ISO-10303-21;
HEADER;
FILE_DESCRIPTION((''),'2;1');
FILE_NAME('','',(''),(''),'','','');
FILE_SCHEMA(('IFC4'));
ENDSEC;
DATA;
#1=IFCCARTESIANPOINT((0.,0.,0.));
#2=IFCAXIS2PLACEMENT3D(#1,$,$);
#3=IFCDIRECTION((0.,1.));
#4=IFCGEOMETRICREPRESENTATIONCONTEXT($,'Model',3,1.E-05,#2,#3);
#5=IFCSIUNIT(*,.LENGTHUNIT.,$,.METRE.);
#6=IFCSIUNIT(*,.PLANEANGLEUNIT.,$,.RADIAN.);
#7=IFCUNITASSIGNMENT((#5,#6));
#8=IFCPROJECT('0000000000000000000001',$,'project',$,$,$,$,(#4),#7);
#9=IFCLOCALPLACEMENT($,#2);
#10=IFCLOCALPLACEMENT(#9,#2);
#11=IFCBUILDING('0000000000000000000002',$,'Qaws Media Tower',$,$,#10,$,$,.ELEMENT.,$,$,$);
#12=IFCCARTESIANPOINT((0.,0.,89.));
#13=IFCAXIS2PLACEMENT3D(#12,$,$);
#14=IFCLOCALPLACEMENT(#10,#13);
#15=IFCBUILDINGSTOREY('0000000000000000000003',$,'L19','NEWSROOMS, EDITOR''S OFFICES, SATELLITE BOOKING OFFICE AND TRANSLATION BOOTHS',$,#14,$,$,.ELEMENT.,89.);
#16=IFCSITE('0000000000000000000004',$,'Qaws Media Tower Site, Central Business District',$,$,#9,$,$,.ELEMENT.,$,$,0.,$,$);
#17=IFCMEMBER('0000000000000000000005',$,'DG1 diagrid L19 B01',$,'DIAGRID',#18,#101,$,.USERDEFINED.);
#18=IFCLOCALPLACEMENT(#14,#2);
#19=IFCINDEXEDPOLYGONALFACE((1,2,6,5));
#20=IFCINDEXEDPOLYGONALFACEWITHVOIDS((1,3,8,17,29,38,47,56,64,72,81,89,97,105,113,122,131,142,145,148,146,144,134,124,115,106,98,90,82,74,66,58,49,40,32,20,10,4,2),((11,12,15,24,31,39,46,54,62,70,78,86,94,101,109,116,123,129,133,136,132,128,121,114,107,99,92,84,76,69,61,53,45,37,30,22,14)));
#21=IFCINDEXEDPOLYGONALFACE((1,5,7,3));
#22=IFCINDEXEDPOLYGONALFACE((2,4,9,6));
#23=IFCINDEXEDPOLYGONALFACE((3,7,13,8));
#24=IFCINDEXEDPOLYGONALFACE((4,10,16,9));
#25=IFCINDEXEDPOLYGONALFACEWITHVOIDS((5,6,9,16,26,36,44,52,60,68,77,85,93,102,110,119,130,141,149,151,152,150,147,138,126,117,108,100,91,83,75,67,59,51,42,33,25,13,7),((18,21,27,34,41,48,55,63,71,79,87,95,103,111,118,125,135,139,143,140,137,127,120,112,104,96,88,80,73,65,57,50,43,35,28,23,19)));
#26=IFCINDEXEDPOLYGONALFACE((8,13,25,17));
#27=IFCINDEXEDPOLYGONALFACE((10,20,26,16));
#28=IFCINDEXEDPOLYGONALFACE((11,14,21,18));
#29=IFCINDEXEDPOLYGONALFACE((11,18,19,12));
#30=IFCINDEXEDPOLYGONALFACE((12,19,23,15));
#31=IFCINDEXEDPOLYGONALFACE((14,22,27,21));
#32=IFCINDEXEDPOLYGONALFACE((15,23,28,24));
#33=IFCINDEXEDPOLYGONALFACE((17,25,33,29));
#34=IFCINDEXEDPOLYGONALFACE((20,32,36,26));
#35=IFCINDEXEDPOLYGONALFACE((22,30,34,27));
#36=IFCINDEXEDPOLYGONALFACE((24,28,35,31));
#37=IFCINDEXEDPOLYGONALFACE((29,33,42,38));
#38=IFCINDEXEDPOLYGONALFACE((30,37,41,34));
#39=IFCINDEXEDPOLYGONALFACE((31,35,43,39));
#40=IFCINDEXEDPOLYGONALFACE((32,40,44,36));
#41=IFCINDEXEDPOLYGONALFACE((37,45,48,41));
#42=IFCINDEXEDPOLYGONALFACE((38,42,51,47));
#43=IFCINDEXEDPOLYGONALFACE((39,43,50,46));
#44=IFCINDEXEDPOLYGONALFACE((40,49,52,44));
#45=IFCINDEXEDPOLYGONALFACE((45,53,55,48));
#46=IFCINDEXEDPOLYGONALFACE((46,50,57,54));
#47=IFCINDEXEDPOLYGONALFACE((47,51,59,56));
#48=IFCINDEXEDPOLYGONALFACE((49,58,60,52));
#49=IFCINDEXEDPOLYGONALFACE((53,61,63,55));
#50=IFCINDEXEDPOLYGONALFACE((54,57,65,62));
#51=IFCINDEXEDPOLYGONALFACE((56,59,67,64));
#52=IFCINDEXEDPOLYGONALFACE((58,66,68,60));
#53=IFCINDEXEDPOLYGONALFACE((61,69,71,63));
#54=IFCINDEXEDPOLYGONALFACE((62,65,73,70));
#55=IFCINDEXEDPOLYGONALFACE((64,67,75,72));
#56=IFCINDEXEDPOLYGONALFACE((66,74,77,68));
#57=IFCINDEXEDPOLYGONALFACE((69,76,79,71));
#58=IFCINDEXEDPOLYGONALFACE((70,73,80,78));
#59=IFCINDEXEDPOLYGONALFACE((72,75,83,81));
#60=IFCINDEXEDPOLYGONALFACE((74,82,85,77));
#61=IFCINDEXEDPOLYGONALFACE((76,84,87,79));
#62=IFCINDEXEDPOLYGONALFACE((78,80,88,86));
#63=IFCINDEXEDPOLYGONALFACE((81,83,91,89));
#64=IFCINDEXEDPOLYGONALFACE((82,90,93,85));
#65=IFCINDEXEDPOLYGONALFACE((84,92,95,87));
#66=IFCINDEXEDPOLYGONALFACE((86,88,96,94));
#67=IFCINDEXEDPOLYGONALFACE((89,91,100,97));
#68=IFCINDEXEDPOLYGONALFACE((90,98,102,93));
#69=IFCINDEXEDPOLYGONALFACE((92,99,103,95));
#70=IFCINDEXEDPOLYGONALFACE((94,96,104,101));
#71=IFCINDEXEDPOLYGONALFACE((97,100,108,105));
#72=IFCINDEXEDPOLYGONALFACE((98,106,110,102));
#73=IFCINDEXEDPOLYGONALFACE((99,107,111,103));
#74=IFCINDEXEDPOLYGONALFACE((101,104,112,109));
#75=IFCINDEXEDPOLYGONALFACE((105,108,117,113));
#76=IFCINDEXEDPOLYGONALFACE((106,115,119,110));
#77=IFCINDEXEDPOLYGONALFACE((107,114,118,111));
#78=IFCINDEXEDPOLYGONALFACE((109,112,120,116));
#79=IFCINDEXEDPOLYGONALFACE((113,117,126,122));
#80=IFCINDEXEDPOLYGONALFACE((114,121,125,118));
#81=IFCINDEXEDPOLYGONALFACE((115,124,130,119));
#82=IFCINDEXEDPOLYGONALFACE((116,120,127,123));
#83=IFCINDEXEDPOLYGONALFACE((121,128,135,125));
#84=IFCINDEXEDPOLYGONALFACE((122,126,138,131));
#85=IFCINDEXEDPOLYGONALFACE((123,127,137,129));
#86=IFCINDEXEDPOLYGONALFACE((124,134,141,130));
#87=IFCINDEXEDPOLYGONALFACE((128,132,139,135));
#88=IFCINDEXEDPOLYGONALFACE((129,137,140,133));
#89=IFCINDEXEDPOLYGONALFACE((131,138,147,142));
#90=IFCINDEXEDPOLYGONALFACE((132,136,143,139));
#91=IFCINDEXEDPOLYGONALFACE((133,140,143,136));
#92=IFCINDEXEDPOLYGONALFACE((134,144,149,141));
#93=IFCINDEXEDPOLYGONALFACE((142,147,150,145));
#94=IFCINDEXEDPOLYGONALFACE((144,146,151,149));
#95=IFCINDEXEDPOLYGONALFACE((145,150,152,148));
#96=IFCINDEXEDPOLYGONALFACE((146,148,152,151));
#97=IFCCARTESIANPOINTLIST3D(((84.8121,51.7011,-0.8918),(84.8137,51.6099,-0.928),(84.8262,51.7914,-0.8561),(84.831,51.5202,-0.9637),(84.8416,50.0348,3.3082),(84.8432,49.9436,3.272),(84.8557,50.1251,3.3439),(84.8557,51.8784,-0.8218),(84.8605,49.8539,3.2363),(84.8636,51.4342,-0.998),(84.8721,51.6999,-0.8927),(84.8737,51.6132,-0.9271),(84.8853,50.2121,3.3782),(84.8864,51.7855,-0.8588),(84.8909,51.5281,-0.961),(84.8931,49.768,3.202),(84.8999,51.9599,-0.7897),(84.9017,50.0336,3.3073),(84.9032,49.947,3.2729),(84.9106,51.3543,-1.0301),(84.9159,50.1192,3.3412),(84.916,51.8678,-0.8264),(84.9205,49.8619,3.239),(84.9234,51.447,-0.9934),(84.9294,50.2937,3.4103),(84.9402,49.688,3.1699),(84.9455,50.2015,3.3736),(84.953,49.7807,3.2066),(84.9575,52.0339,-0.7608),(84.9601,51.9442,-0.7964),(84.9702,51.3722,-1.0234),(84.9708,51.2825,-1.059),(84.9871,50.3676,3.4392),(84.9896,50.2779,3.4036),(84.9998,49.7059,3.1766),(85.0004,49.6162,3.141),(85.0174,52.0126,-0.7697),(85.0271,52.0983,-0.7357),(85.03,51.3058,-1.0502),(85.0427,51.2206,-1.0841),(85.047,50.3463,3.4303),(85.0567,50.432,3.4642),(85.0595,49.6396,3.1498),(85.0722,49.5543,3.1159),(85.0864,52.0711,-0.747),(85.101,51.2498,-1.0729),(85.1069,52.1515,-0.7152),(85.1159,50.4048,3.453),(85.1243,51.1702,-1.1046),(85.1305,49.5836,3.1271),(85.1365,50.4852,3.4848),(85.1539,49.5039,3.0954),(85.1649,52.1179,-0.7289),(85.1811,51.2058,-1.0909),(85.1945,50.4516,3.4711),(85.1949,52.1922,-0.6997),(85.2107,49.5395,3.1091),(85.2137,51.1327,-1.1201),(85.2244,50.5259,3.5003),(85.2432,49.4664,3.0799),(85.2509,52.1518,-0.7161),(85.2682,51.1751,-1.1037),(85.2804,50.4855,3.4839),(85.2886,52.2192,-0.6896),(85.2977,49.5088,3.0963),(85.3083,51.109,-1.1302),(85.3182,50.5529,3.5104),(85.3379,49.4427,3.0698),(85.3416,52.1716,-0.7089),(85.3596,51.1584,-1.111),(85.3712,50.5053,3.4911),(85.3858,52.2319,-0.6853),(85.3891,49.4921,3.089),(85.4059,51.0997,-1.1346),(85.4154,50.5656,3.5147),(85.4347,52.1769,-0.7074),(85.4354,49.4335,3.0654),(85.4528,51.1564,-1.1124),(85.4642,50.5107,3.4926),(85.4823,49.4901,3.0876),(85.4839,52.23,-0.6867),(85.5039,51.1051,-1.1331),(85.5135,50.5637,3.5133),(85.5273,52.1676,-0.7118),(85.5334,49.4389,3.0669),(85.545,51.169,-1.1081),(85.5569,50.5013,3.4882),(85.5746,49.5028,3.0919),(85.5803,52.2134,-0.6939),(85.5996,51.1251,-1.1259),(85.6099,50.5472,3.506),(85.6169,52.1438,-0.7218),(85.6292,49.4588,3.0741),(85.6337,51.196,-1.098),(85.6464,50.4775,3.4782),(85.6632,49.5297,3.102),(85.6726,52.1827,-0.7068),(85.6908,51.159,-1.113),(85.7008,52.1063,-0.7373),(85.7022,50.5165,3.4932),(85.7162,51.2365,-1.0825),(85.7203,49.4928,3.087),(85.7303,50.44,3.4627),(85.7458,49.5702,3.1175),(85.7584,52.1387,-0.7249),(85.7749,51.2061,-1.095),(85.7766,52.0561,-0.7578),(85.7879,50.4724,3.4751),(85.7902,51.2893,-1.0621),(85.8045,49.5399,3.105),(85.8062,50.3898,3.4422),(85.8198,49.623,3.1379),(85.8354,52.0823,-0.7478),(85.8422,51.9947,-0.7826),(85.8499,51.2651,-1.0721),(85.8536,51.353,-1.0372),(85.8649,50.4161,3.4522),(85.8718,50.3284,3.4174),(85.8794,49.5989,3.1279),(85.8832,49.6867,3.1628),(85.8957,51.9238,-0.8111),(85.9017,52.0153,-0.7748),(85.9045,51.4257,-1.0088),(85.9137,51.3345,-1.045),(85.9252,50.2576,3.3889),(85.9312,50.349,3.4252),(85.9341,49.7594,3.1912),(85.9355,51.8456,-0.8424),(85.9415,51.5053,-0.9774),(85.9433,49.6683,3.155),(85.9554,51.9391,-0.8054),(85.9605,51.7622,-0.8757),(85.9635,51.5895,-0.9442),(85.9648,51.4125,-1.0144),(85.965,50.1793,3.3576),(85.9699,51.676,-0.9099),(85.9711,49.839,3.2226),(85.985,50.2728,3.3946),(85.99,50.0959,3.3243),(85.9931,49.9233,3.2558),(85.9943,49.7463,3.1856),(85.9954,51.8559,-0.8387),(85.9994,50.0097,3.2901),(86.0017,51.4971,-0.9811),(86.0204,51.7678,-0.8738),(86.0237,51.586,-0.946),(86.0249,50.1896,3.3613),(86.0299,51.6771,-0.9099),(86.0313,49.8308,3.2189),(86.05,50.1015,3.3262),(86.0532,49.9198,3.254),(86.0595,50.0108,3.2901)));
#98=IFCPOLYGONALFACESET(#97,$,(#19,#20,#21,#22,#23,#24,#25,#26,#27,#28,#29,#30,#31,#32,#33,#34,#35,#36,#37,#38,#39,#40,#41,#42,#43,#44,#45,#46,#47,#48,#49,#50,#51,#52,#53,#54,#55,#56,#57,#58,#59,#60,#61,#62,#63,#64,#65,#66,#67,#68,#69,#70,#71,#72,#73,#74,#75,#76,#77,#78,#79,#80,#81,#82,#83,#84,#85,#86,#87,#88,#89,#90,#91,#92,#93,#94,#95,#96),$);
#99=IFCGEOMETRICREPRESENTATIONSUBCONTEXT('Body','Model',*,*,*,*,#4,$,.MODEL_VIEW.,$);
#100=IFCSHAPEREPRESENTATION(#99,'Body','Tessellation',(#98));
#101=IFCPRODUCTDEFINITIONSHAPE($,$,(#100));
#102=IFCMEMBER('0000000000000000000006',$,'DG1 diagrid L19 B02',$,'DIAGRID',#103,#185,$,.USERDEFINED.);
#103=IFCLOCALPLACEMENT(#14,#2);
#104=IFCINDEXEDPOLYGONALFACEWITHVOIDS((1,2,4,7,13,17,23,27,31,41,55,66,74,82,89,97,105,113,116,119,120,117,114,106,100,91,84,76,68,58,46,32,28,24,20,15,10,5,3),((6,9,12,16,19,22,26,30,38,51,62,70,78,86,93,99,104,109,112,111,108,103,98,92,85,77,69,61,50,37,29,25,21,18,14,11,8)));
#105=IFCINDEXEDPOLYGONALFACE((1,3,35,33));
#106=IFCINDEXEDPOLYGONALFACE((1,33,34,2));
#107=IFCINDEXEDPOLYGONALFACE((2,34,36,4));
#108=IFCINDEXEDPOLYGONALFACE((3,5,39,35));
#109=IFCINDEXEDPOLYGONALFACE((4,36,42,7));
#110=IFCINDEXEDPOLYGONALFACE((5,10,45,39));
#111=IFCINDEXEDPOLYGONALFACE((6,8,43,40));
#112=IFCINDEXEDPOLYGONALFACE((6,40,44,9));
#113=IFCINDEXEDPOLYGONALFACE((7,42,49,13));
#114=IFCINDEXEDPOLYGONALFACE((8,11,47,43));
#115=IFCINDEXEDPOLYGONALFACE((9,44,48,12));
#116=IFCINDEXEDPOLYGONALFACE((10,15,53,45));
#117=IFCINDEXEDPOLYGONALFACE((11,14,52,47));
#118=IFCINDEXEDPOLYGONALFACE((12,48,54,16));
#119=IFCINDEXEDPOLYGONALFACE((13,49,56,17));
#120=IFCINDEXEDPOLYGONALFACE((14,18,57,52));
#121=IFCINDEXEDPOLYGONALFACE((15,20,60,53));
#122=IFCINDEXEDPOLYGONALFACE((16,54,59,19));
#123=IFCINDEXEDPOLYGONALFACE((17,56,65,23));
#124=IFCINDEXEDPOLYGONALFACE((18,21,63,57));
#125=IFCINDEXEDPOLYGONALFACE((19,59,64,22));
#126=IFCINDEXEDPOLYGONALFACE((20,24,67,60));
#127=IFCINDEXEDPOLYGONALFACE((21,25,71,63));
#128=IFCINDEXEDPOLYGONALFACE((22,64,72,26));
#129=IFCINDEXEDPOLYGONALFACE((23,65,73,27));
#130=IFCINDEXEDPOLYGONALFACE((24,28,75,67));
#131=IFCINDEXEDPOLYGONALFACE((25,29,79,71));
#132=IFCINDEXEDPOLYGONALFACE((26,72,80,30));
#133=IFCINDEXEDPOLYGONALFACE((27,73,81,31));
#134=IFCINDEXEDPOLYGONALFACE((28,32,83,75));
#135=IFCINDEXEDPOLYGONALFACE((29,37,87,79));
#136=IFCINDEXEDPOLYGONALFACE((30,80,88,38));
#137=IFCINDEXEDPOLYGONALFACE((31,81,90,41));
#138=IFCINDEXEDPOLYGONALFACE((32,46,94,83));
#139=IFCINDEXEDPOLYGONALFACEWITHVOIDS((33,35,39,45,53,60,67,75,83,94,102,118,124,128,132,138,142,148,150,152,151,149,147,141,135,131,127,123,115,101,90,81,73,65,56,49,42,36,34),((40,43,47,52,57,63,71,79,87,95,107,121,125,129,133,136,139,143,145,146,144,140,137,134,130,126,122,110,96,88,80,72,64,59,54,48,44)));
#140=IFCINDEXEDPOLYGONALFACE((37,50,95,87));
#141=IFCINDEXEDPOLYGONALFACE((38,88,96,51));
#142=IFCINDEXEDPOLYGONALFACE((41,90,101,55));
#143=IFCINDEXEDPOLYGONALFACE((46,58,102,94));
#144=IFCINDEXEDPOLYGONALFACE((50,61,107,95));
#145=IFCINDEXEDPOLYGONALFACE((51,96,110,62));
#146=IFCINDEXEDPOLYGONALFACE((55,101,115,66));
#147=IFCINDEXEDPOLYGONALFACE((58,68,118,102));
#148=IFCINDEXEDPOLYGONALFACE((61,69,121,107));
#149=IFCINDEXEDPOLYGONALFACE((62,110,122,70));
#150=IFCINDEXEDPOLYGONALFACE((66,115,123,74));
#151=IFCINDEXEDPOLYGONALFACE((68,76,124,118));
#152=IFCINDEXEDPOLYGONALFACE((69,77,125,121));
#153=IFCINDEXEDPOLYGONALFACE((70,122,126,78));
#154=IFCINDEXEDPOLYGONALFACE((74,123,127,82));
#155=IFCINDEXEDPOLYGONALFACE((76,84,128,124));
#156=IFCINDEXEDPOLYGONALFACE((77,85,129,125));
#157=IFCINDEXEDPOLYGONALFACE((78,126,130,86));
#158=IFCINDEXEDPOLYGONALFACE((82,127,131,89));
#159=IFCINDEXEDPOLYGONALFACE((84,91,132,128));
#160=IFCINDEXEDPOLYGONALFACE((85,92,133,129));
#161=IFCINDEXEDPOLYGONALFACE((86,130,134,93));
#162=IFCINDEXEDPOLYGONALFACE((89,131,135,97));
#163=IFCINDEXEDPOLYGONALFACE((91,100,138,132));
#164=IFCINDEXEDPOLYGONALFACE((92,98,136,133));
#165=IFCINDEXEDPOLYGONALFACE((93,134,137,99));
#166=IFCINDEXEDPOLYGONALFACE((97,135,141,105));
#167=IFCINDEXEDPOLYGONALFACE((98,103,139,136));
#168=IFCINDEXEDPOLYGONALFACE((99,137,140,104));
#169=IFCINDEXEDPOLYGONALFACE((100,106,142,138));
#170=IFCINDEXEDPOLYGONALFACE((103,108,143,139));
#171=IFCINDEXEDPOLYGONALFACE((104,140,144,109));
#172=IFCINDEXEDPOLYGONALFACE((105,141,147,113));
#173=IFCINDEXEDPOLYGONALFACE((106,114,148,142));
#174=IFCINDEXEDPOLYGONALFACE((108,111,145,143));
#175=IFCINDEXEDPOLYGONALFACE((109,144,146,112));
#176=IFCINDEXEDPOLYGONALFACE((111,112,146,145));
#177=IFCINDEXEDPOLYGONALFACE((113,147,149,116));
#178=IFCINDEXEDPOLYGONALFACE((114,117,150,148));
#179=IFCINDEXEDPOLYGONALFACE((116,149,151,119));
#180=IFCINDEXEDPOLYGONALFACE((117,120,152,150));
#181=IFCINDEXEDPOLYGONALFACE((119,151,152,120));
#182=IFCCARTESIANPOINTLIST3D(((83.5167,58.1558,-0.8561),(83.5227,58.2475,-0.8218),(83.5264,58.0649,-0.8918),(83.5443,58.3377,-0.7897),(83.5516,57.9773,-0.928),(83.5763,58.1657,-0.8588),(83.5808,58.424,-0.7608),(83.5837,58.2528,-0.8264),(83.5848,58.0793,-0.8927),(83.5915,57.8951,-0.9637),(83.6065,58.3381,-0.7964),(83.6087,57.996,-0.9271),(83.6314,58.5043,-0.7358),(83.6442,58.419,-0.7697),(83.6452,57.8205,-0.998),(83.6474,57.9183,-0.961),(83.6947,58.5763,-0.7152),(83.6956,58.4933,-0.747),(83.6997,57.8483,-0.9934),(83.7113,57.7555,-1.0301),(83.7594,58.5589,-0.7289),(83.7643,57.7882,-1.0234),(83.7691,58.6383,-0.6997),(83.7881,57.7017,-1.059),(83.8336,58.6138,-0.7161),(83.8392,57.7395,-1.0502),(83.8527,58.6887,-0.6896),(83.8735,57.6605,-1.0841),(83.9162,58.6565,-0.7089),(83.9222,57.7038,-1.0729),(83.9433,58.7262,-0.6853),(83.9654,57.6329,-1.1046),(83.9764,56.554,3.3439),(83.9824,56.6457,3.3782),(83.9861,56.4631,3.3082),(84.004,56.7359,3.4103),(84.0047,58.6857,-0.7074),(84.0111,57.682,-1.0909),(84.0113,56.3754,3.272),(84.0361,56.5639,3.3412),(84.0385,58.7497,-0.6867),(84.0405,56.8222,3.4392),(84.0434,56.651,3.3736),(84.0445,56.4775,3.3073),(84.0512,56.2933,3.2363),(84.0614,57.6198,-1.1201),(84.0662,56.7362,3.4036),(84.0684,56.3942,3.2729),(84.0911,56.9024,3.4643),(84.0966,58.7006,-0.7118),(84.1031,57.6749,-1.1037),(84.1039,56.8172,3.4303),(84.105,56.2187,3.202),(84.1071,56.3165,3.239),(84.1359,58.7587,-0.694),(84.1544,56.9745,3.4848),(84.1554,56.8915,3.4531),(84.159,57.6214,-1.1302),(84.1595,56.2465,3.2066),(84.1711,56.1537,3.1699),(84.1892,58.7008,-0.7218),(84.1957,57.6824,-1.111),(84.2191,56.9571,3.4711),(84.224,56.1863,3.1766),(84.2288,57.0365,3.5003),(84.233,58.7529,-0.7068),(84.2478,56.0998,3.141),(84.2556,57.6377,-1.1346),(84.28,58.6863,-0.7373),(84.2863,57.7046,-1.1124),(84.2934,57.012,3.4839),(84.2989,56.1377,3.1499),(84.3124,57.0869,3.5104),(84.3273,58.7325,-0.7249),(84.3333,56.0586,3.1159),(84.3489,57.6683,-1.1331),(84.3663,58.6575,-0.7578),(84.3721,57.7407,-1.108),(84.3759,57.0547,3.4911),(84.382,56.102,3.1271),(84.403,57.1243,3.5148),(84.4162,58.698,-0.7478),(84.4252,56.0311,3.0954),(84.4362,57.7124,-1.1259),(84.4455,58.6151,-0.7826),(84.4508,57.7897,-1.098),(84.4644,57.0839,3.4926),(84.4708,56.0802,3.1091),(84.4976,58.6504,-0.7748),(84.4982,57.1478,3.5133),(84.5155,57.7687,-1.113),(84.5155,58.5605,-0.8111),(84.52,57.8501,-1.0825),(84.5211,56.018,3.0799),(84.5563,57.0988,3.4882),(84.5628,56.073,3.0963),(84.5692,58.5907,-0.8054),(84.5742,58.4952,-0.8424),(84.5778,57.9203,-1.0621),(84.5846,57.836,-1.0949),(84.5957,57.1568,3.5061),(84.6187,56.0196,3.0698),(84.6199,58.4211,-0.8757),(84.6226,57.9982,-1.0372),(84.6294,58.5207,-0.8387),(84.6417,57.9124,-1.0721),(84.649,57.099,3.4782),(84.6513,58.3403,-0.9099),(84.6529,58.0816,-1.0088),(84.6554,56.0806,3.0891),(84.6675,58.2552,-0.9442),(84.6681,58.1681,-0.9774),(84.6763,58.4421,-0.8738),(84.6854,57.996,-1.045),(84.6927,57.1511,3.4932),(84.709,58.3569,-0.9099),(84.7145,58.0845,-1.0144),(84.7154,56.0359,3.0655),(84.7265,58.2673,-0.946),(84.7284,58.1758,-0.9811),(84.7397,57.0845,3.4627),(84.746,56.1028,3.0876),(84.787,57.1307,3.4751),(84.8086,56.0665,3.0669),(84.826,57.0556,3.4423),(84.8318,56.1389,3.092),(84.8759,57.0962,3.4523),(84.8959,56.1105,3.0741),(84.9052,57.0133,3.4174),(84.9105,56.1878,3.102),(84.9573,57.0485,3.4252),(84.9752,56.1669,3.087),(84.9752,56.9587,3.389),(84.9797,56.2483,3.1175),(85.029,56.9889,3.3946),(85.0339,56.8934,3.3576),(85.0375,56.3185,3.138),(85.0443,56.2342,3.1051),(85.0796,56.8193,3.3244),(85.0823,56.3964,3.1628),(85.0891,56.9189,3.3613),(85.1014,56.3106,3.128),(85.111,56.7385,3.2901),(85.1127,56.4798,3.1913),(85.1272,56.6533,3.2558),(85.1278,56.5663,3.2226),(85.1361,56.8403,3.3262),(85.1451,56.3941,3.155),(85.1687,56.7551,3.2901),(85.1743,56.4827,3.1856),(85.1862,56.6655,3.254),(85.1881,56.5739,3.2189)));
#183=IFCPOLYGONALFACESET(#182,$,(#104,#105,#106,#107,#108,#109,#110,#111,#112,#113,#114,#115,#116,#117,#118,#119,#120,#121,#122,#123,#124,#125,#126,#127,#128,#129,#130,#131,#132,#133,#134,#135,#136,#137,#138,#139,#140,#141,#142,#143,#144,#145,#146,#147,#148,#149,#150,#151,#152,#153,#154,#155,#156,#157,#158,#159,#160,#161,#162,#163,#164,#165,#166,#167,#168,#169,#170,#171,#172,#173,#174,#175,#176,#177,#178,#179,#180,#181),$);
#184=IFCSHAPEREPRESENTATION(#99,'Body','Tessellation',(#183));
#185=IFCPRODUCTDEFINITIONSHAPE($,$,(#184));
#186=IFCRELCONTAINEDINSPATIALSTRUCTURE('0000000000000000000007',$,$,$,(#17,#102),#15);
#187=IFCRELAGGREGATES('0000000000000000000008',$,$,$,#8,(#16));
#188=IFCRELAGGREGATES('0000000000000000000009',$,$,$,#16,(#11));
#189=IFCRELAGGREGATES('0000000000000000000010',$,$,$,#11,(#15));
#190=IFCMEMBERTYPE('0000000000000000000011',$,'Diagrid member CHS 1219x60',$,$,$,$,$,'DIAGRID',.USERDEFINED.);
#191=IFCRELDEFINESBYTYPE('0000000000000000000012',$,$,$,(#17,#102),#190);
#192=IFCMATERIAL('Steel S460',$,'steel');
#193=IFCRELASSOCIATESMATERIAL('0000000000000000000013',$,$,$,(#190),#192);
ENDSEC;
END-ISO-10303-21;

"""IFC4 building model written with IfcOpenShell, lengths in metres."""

from ifc_helpers import new_model, si_unit, direction, frame, origin, origin_2d, place, context, subcontext, project, spatial, hollow_circle, extrude, material, material_profile, profile_set, type_object, element, save


model = new_model("IFC4")

# Units and contexts
model_context = context("Model", 3, precision=1e-05, world=origin(), true_north=direction((0.0, 1.0)))
body_context = subcontext(model_context, "Body", "Model", "MODEL_VIEW")
ifc_project = project(units=[si_unit("LENGTHUNIT", "METRE"), si_unit("PLANEANGLEUNIT", "RADIAN")], contexts=[model_context])

# Site, building, storey
site_placement = place(None, origin())
site = spatial("IfcSite", under=ifc_project, at=site_placement, Name="Qaws Media Tower Site, Central Business District", CompositionType="ELEMENT", RefElevation=0.0)
building_placement = place(site_placement, origin())
building = spatial("IfcBuilding", under=site, at=building_placement, Name="Qaws Media Tower", CompositionType="ELEMENT")
storey_placement = place(building_placement, frame((0.0, 0.0, 89.0)))
storey = spatial("IfcBuildingStorey", under=building, at=storey_placement, Name="L19", Description="NEWSROOMS, EDITOR'S OFFICES, SATELLITE BOOKING OFFICE AND TRANSLATION BOOTHS", CompositionType="ELEMENT", Elevation=89.0)

# Members
ifc_material_1 = material(Name="Steel S460", Category="steel")
ifc_material_profile_1 = material_profile(ifc_material_1, hollow_circle(Radius=0.6096, WallThickness=0.0601, at=origin_2d()), Name="CHS 1219x60")
ifc_profile_set_1 = profile_set([ifc_material_profile_1], Name="Steel S460")
member_type_1 = type_object("IfcMemberType", Name="Diagrid member CHS 1219x60", ElementType="DIAGRID", PredefinedType="USERDEFINED", material=ifc_profile_set_1)
for number, where, z_axis, x_axis, name in (
    (1, (85.4204, 51.6663, -0.9099), (0.006538, -0.368764, 0.9295), (0.999843, 0.017726, 0.0), "DG1 diagrid L19 B01"),
    (2, (84.123, 58.1887, -0.9099), (0.101741, -0.354501, 0.929504), (0.961197, 0.275863, 0.0), "DG1 diagrid L19 B02"),
):
    element("IfcMember", number, at=place(storey_placement, frame(where, z_axis=z_axis, x_axis=x_axis)), inside=storey, type_object=member_type_1, Name=name, ObjectType="DIAGRID", PredefinedType="USERDEFINED", context=body_context, shape_type="SweptSolid", body=[
        extrude(hollow_circle(Radius=0.6096, WallThickness=0.0601, at=origin_2d()), origin(), (0.0, 0.0, 1.0), 4.5186),
    ])

save(model, "model.ifc")
